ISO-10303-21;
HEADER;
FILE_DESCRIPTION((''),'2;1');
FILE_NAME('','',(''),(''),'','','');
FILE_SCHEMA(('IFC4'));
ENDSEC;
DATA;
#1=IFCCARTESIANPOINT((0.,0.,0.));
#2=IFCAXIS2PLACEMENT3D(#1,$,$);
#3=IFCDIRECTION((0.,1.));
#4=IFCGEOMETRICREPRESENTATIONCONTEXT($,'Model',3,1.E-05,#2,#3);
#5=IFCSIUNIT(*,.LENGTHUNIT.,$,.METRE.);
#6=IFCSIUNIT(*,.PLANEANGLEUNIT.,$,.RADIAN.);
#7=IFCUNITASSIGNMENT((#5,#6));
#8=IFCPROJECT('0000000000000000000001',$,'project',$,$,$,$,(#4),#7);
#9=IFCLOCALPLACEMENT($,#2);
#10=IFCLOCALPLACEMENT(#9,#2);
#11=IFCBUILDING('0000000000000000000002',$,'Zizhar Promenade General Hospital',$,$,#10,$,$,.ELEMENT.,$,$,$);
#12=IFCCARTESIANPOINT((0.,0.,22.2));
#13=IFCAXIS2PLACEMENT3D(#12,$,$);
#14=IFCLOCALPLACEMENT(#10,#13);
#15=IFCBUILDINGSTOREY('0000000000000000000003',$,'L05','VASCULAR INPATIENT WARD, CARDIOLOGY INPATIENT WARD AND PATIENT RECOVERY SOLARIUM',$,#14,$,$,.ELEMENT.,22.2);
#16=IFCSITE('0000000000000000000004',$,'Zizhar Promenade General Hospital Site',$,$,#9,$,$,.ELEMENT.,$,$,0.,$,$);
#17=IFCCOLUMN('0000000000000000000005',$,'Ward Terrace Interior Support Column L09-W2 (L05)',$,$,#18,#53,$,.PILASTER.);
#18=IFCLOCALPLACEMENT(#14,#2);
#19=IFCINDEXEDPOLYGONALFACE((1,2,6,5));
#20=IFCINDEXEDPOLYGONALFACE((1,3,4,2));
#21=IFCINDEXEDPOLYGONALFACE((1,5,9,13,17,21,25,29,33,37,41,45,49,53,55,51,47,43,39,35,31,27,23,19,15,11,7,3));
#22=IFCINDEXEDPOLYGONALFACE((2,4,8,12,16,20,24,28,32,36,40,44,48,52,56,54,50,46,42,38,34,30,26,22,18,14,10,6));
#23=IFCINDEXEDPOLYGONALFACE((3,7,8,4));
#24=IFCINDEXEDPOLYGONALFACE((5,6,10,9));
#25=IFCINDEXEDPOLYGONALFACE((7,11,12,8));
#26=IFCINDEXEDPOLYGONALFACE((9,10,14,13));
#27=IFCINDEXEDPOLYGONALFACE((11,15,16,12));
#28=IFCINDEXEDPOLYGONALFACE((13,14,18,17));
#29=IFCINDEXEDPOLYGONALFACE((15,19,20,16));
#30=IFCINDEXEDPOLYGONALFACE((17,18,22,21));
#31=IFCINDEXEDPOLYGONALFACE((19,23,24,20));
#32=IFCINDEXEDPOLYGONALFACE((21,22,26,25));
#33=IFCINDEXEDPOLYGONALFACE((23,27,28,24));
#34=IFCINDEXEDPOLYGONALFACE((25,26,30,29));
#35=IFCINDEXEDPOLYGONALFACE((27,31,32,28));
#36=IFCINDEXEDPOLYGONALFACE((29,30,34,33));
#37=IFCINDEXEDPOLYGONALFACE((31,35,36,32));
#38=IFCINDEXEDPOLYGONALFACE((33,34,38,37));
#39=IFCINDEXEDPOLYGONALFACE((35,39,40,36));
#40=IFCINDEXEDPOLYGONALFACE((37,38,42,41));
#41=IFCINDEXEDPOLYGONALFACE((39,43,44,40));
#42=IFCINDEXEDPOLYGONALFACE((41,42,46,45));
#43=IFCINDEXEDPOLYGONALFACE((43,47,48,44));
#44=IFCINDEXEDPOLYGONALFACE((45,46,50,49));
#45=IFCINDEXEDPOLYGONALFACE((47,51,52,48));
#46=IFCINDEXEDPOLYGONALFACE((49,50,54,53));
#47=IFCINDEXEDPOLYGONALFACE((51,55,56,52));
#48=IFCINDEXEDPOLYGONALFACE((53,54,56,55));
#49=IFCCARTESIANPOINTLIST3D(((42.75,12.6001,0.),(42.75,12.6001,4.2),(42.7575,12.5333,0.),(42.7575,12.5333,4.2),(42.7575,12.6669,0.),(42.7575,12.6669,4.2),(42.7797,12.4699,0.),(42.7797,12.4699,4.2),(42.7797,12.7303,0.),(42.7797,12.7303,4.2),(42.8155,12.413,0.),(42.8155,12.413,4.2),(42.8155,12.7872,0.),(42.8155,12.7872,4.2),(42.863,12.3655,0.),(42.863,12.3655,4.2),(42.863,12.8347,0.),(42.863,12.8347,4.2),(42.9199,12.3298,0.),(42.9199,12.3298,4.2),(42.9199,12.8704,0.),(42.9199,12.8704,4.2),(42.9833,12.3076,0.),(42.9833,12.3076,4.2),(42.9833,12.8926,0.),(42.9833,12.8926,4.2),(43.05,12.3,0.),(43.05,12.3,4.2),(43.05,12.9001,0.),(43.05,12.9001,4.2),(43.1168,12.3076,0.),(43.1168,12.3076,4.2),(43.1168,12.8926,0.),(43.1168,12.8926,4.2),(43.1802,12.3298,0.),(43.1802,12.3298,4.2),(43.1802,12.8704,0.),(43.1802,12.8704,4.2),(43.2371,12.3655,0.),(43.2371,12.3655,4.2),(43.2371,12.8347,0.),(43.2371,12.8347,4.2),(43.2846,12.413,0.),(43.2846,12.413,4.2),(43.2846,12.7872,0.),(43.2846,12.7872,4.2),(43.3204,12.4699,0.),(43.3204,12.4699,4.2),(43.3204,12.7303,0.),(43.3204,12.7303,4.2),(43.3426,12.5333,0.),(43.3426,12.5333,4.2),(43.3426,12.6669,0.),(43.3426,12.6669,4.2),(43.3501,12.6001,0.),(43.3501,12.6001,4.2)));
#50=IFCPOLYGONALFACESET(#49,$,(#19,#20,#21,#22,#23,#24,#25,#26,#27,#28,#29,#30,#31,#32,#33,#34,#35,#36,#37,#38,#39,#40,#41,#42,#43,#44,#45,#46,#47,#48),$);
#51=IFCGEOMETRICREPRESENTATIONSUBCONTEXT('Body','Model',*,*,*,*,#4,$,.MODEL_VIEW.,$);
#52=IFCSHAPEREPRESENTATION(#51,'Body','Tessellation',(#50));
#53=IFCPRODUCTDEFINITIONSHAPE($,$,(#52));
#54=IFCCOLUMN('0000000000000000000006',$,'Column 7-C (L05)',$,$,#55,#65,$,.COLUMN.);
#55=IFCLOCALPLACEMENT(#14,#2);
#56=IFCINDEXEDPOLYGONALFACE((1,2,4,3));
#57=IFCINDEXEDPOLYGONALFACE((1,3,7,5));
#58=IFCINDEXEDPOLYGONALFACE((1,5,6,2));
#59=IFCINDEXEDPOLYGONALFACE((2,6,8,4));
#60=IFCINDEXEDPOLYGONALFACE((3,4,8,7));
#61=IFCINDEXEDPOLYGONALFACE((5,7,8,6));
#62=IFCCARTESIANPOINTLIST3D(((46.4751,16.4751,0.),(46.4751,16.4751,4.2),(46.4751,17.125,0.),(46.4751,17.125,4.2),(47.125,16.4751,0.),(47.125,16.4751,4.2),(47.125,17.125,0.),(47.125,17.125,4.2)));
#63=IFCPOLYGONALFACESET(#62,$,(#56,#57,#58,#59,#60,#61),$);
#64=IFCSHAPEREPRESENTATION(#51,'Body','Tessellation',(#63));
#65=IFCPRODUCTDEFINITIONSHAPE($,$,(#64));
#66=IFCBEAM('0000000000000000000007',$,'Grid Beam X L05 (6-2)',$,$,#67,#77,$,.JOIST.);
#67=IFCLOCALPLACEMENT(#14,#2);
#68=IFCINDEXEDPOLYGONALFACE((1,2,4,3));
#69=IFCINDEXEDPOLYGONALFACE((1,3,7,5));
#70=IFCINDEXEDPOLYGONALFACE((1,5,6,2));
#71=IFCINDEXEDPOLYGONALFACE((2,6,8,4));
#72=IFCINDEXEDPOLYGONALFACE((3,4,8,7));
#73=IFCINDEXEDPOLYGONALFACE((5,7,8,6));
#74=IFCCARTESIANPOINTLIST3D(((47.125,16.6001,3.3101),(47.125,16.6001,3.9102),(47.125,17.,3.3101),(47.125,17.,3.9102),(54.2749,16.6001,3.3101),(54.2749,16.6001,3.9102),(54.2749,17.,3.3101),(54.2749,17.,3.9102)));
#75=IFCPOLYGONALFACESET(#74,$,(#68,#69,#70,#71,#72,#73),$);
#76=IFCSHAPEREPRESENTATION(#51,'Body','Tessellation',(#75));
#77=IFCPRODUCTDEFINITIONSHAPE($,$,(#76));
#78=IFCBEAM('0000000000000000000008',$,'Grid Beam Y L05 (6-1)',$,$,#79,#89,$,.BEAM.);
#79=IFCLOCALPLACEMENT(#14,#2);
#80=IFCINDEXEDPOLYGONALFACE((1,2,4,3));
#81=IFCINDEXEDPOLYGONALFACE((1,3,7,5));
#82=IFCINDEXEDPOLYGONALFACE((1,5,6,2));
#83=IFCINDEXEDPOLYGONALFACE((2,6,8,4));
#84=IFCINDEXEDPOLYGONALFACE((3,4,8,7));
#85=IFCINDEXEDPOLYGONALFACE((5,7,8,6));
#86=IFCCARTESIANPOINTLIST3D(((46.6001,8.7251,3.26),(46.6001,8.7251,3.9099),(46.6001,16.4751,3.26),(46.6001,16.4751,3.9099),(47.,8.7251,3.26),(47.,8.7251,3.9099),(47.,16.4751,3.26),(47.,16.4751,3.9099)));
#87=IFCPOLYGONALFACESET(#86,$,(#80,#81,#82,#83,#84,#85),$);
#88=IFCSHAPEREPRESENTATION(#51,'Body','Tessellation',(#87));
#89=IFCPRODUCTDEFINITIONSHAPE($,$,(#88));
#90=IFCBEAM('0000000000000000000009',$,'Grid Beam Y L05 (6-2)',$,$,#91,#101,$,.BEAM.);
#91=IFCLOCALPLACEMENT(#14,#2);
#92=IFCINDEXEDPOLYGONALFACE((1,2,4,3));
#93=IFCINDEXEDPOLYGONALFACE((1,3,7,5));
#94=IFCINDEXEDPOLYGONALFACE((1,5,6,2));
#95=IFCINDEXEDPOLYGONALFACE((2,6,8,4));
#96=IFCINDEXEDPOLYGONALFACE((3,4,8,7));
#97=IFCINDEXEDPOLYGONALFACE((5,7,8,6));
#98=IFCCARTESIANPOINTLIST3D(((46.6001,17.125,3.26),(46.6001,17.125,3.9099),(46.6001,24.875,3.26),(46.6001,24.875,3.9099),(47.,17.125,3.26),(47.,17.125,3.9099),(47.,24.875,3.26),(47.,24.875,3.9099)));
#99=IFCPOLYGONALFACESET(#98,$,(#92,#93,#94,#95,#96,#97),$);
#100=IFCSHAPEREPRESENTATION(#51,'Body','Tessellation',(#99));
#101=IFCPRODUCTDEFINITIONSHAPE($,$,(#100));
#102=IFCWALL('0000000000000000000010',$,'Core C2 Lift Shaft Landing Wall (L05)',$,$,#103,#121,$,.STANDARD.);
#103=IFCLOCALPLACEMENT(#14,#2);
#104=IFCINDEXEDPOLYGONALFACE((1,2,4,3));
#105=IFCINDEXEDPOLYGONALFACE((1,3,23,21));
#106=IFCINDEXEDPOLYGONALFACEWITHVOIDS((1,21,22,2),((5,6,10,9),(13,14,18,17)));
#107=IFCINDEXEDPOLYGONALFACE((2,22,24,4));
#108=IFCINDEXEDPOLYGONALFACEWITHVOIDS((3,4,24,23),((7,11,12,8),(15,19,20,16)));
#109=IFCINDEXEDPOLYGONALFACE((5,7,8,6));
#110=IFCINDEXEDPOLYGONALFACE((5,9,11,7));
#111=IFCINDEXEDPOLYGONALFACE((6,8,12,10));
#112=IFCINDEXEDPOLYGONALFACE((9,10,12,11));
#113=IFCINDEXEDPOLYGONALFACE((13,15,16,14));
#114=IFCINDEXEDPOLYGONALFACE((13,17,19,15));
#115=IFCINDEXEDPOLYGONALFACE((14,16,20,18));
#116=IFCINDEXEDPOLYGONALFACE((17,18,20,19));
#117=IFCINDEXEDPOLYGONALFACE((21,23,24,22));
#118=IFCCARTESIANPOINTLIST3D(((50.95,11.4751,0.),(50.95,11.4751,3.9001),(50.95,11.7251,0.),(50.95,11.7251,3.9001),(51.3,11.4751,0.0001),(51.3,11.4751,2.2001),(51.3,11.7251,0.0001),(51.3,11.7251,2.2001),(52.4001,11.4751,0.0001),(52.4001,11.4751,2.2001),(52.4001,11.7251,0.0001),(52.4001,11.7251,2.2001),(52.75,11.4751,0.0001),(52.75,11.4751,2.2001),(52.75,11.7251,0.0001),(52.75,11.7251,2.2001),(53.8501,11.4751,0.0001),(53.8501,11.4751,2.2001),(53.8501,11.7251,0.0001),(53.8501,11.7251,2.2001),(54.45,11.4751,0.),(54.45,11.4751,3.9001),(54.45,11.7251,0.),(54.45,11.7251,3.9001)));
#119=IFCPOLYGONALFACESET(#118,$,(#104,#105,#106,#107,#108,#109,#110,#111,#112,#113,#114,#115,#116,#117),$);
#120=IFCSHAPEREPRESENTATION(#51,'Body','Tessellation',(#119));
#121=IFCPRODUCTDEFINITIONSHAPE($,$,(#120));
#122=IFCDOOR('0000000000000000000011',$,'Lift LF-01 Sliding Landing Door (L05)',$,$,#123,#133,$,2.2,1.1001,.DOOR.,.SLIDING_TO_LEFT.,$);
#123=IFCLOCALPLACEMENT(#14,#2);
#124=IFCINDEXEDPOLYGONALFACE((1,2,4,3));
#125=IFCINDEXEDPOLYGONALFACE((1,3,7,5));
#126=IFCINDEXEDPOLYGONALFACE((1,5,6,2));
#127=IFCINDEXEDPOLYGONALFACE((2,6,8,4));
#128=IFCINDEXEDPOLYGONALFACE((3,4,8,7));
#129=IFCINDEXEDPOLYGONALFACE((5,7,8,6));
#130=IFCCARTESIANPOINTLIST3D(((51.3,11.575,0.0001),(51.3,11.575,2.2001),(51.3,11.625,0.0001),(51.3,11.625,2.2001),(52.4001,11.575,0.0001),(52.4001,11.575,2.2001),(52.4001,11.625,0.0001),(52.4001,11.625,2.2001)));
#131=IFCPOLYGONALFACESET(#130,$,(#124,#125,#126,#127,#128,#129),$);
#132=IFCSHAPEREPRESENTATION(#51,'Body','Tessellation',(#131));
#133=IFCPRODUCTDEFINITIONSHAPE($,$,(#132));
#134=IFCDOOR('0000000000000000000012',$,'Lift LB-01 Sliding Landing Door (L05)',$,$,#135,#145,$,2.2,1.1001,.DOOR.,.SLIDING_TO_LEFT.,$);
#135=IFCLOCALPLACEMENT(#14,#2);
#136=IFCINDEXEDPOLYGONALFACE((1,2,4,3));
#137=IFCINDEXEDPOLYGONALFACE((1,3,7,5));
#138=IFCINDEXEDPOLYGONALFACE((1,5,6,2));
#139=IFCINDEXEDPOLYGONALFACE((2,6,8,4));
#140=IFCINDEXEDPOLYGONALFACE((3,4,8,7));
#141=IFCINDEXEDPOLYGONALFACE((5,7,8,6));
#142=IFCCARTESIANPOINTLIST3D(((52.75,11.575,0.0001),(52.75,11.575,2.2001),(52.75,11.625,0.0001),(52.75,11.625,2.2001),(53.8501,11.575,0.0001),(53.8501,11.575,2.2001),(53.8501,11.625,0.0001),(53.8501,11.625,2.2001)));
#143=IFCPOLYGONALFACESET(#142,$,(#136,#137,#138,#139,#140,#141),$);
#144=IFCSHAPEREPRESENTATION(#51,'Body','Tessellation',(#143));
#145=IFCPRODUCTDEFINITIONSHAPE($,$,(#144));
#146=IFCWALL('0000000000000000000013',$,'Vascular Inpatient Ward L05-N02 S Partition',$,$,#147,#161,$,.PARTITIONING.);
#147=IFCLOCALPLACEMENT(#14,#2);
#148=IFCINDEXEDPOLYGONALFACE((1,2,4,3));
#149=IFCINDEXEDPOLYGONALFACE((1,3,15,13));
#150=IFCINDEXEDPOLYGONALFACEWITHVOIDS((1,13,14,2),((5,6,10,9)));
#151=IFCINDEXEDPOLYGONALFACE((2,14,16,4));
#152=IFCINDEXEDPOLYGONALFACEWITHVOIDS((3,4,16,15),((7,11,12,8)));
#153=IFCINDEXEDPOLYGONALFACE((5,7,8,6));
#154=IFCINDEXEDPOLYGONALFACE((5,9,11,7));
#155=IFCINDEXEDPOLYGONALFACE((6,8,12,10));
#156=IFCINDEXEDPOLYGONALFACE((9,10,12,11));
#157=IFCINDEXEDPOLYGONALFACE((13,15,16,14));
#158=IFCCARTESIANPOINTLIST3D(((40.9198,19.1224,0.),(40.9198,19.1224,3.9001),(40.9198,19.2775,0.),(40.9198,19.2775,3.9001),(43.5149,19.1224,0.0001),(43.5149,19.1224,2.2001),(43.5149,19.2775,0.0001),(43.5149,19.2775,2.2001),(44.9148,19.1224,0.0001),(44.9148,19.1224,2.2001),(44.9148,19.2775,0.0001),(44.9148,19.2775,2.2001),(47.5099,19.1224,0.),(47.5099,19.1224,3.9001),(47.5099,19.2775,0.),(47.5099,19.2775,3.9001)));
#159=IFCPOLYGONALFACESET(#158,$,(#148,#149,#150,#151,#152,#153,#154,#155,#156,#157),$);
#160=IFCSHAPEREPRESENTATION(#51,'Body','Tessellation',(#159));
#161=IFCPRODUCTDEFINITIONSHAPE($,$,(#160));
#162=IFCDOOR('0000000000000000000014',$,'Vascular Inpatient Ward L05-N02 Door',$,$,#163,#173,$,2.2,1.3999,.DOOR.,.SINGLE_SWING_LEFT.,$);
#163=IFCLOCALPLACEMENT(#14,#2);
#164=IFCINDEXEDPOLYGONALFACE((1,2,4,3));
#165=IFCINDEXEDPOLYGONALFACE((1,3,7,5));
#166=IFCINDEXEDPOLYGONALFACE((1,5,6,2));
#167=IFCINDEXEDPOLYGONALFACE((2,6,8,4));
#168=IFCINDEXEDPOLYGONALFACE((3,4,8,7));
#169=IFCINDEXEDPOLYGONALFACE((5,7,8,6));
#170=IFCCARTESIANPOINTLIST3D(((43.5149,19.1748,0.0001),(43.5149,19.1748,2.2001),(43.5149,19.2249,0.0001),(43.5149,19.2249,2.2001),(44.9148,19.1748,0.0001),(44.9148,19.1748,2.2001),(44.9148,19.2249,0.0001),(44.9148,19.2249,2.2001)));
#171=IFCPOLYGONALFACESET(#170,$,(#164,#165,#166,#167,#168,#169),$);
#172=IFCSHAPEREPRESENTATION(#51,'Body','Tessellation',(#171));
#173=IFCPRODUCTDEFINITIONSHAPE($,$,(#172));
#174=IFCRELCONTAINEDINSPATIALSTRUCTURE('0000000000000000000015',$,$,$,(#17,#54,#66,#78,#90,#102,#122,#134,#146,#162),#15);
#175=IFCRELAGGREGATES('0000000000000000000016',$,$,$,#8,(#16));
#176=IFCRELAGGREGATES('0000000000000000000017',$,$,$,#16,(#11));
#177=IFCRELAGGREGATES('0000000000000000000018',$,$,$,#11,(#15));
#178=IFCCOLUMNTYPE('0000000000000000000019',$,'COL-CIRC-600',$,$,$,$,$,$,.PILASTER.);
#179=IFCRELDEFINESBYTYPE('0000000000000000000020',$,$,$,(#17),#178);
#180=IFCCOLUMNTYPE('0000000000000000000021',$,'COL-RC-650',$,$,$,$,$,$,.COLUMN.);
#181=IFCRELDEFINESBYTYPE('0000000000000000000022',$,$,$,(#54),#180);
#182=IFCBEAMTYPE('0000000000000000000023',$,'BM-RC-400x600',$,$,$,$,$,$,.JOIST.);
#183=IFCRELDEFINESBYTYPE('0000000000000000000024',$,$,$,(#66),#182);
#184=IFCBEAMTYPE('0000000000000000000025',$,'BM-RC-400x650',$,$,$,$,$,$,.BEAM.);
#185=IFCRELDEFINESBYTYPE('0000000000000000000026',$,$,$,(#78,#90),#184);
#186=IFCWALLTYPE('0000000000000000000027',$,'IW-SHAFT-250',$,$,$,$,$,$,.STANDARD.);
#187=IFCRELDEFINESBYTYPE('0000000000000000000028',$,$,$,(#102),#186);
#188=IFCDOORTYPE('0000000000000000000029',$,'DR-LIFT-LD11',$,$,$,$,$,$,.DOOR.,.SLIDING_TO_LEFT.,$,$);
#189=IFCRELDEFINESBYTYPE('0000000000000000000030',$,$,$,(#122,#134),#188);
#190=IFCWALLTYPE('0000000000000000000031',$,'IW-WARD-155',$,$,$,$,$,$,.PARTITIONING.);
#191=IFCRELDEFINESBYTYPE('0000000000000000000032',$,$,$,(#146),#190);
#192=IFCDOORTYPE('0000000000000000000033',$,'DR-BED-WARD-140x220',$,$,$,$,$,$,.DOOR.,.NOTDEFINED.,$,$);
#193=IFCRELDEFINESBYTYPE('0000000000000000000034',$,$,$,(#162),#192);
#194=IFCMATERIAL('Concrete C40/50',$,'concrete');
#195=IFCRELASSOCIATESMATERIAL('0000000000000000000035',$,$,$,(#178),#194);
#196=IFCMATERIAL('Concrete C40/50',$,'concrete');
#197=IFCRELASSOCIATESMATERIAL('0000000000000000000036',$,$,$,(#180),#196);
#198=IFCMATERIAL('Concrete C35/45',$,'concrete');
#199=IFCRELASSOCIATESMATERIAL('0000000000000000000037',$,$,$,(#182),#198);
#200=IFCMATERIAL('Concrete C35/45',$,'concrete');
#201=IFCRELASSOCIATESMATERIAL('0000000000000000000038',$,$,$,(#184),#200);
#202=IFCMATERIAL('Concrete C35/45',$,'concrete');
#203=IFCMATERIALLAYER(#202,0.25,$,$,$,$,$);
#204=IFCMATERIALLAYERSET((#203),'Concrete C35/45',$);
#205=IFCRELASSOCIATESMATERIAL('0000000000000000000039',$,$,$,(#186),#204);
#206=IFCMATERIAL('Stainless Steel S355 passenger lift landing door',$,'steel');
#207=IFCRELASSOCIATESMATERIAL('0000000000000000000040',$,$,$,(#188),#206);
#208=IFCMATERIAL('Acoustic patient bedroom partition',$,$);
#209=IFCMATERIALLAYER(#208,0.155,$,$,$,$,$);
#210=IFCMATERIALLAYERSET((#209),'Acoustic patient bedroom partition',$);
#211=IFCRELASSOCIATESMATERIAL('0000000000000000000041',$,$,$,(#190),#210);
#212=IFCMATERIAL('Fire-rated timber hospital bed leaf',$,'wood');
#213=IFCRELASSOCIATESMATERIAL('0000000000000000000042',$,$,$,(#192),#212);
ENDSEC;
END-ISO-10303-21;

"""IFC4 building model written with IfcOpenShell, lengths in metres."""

from ifc_helpers import new_model, si_unit, direction, frame, frame_2d, origin, origin_2d, place, context, subcontext, project, spatial, rectangle, circle, extrude, material, layer, layer_set, material_profile, profile_set, type_object, element, fill, save


model = new_model("IFC4")

# Units and contexts
model_context = context("Model", 3, precision=1e-05, world=origin(), true_north=direction((0.0, 1.0)))
body_context = subcontext(model_context, "Body", "Model", "MODEL_VIEW")
ifc_project = project(units=[si_unit("LENGTHUNIT", "METRE"), si_unit("PLANEANGLEUNIT", "RADIAN")], contexts=[model_context])

# Site, building, storey
site_placement = place(None, origin())
site = spatial("IfcSite", under=ifc_project, at=site_placement, Name="Zizhar Promenade General Hospital Site", CompositionType="ELEMENT", RefElevation=0.0)
building_placement = place(site_placement, origin())
building = spatial("IfcBuilding", under=site, at=building_placement, Name="Zizhar Promenade General Hospital", CompositionType="ELEMENT")
storey_placement = place(building_placement, frame((0.0, 0.0, 22.2)))
storey = spatial("IfcBuildingStorey", under=building, at=storey_placement, Name="L05", Description="VASCULAR INPATIENT WARD, CARDIOLOGY INPATIENT WARD AND PATIENT RECOVERY SOLARIUM", CompositionType="ELEMENT", Elevation=22.2)

# Columns
ifc_material_1 = material(Name="Concrete C40/50", Category="concrete")
ifc_material_profile_1 = material_profile(ifc_material_1, circle(Radius=0.3, at=origin_2d()))
ifc_profile_set_1 = profile_set([ifc_material_profile_1], Name="Concrete C40/50")
column_type_1 = type_object("IfcColumnType", Name="COL-CIRC-600", PredefinedType="PILASTER", material=ifc_profile_set_1)
column_1_placement = place(storey_placement, frame((43.05, 12.6001, 0.0), z_axis=(0.0, 0.0, 1.0), x_axis=(1.0, 0.0, 0.0)))
element("IfcColumn", 1, at=column_1_placement, inside=storey, type_object=column_type_1, Name="Ward Terrace Interior Support Column L09-W2 (L05)", PredefinedType="PILASTER", context=body_context, shape_type="SweptSolid", body=[
    extrude(circle(Radius=0.3, at=origin_2d()), origin(), (0.0, 0.0, 1.0), 4.2),
])
ifc_material_2 = material(Name="Concrete C40/50", Category="concrete")
ifc_material_profile_2 = material_profile(ifc_material_2, rectangle(XDim=0.6499, YDim=0.6499, at=origin_2d()))
ifc_profile_set_2 = profile_set([ifc_material_profile_2], Name="Concrete C40/50")
column_type_2 = type_object("IfcColumnType", Name="COL-RC-650", PredefinedType="COLUMN", material=ifc_profile_set_2)
column_2_placement = place(storey_placement, frame((46.8, 16.8, 0.0), z_axis=(0.0, 0.0, 1.0), x_axis=(1.0, 0.0, 0.0)))
element("IfcColumn", 2, at=column_2_placement, inside=storey, type_object=column_type_2, Name="Column 7-C (L05)", PredefinedType="COLUMN", context=body_context, shape_type="SweptSolid", body=[
    extrude(rectangle(XDim=0.6499, YDim=0.6499, at=origin_2d()), origin(), (0.0, 0.0, 1.0), 4.2),
])

# Beams
ifc_material_3 = material(Name="Concrete C35/45", Category="concrete")
ifc_material_profile_3 = material_profile(ifc_material_3, rectangle(XDim=0.3999, YDim=0.6001, at=origin_2d()))
ifc_profile_set_3 = profile_set([ifc_material_profile_3], Name="Concrete C35/45")
beam_type_1 = type_object("IfcBeamType", Name="BM-RC-400x600", PredefinedType="JOIST", material=ifc_profile_set_3)
beam_placement = place(storey_placement, frame((47.125, 16.8, 3.6101), z_axis=(1.0, 0.0, 0.0), x_axis=(0.0, 1.0, 0.0)))
element("IfcBeam", 3, at=beam_placement, inside=storey, type_object=beam_type_1, Name="Grid Beam X L05 (6-2)", PredefinedType="JOIST", context=body_context, shape_type="SweptSolid", body=[
    extrude(rectangle(XDim=0.3999, YDim=0.6001, at=origin_2d()), origin(), (0.0, 0.0, 1.0), 7.1499),
])
ifc_material_4 = material(Name="Concrete C35/45", Category="concrete")
ifc_material_profile_4 = material_profile(ifc_material_4, rectangle(XDim=0.3999, YDim=0.6499, at=origin_2d()))
ifc_profile_set_4 = profile_set([ifc_material_profile_4], Name="Concrete C35/45")
beam_type_2 = type_object("IfcBeamType", Name="BM-RC-400x650", PredefinedType="BEAM", material=ifc_profile_set_4)
for number, where, z_axis, x_axis, name in (
    (4, (46.8, 8.7251, 3.585), (0.0, 1.0, 0.0), (-1.0, 0.0, 0.0), "Grid Beam Y L05 (6-1)"),
    (5, (46.8, 17.125, 3.585), (0.0, 1.0, 0.0), (-1.0, 0.0, 0.0), "Grid Beam Y L05 (6-2)"),
):
    element("IfcBeam", number, at=place(storey_placement, frame(where, z_axis=z_axis, x_axis=x_axis)), inside=storey, type_object=beam_type_2, Name=name, PredefinedType="BEAM", context=body_context, shape_type="SweptSolid", body=[
        extrude(rectangle(XDim=0.3999, YDim=0.6499, at=origin_2d()), origin(), (0.0, 0.0, 1.0), 7.75),
    ])

# Wall, openings, doors
ifc_material_5 = material(Name="Concrete C35/45", Category="concrete")
ifc_layer_1 = layer(ifc_material_5, 0.25)
ifc_layer_set_1 = layer_set([ifc_layer_1], Name="Concrete C35/45")
wall_type_1 = type_object("IfcWallType", Name="IW-SHAFT-250", PredefinedType="STANDARD", material=ifc_layer_set_1)
wall_1_placement = place(storey_placement, frame((50.95, 11.6001, 0.0), z_axis=(0.0, 0.0, 1.0), x_axis=(1.0, 0.0, 0.0)))
wall_1 = element("IfcWall", 6, at=wall_1_placement, inside=storey, type_object=wall_type_1, Name="Core C2 Lift Shaft Landing Wall (L05)", PredefinedType="STANDARD", context=body_context, shape_type="SweptSolid", body=[
    extrude(rectangle(XDim=3.5, YDim=0.25, at=frame_2d((1.75, 0.0))), origin(), (0.0, 0.0, 1.0), 3.9001),
])
opening_1_placement = place(wall_1_placement, frame((0.3501, 0.0, 0.0)))
opening_1 = element("IfcOpeningElement", 7, at=opening_1_placement, cuts=wall_1, PredefinedType="OPENING", context=body_context, shape_type="SweptSolid", body=[
    extrude(rectangle(XDim=1.1001, YDim=2.2, at=frame_2d((0.55, 1.1001))), frame((0.0, 0.135, 0.0), z_axis=(0.0, -1.0, 0.0), x_axis=(1.0, 0.0, 0.0)), (0.0, 0.0, 1.0), 0.27),
])
opening_2_placement = place(wall_1_placement, frame((1.8, 0.0, 0.0)))
opening_2 = element("IfcOpeningElement", 8, at=opening_2_placement, cuts=wall_1, PredefinedType="OPENING", context=body_context, shape_type="SweptSolid", body=[
    extrude(rectangle(XDim=1.1001, YDim=2.2, at=frame_2d((0.55, 1.1001))), frame((0.0, 0.135, 0.0), z_axis=(0.0, -1.0, 0.0), x_axis=(1.0, 0.0, 0.0)), (0.0, 0.0, 1.0), 0.27),
])
ifc_material_6 = material(Name="Stainless Steel S355 passenger lift landing door", Category="steel")
door_type_1 = type_object("IfcDoorType", Name="DR-LIFT-LD11", OperationType="SLIDING_TO_LEFT", PredefinedType="DOOR", material=ifc_material_6)
door_1_placement = place(opening_1_placement, origin())
door_1 = element("IfcDoor", 9, at=door_1_placement, inside=storey, type_object=door_type_1, Name="Lift LF-01 Sliding Landing Door (L05)", OperationType="SLIDING_TO_LEFT", OverallHeight=2.2, OverallWidth=1.1001, PredefinedType="DOOR", context=body_context, shape_type="SweptSolid", body=[
    extrude(rectangle(XDim=1.1001, YDim=2.2, at=frame_2d((0.55, 1.1001))), frame((0.0, 0.0249, 0.0), z_axis=(0.0, -1.0, 0.0), x_axis=(1.0, 0.0, 0.0)), (0.0, 0.0, 1.0), 0.05),
])
fill(opening_1, door_1)
door_2_placement = place(opening_2_placement, origin())
door_2 = element("IfcDoor", 10, at=door_2_placement, inside=storey, type_object=door_type_1, Name="Lift LB-01 Sliding Landing Door (L05)", OperationType="SLIDING_TO_LEFT", OverallHeight=2.2, OverallWidth=1.1001, PredefinedType="DOOR", context=body_context, shape_type="SweptSolid", body=[
    extrude(rectangle(XDim=1.1001, YDim=2.2, at=frame_2d((0.55, 1.1001))), frame((0.0, 0.0249, 0.0), z_axis=(0.0, -1.0, 0.0), x_axis=(1.0, 0.0, 0.0)), (0.0, 0.0, 1.0), 0.05),
])
fill(opening_2, door_2)

# Wall, opening, door
ifc_material_7 = material(Name="Acoustic patient bedroom partition")
ifc_layer_2 = layer(ifc_material_7, 0.155)
ifc_layer_set_2 = layer_set([ifc_layer_2], Name="Acoustic patient bedroom partition")
wall_type_2 = type_object("IfcWallType", Name="IW-WARD-155", PredefinedType="PARTITIONING", material=ifc_layer_set_2)
wall_2_placement = place(storey_placement, frame((40.9199, 19.2, 0.0), z_axis=(0.0, 0.0, 1.0), x_axis=(1.0, 0.0, 0.0)))
wall_2 = element("IfcWall", 11, at=wall_2_placement, inside=storey, type_object=wall_type_2, Name="Vascular Inpatient Ward L05-N02 S Partition", PredefinedType="PARTITIONING", context=body_context, shape_type="SweptSolid", body=[
    extrude(rectangle(XDim=6.5901, YDim=0.155, at=frame_2d((3.2949, 0.0))), origin(), (0.0, 0.0, 1.0), 3.9001),
])
opening_3_placement = place(wall_2_placement, frame((2.595, 0.0, 0.0)))
opening_3 = element("IfcOpeningElement", 12, at=opening_3_placement, cuts=wall_2, PredefinedType="OPENING", context=body_context, shape_type="SweptSolid", body=[
    extrude(rectangle(XDim=1.3999, YDim=2.2, at=frame_2d((0.7, 1.1001))), frame((0.0, 0.0874, 0.0), z_axis=(0.0, -1.0, 0.0), x_axis=(1.0, 0.0, 0.0)), (0.0, 0.0, 1.0), 0.175),
])
ifc_material_8 = material(Name="Fire-rated timber hospital bed leaf", Category="wood")
door_type_2 = type_object("IfcDoorType", Name="DR-BED-WARD-140x220", OperationType="NOTDEFINED", PredefinedType="DOOR", material=ifc_material_8)
door_3_placement = place(opening_3_placement, origin())
door_3 = element("IfcDoor", 13, at=door_3_placement, inside=storey, type_object=door_type_2, Name="Vascular Inpatient Ward L05-N02 Door", OperationType="SINGLE_SWING_LEFT", OverallHeight=2.2, OverallWidth=1.3999, PredefinedType="DOOR", context=body_context, shape_type="SweptSolid", body=[
    extrude(rectangle(XDim=1.3999, YDim=2.2, at=frame_2d((0.7, 1.1001))), frame((0.0, 0.0249, 0.0), z_axis=(0.0, -1.0, 0.0), x_axis=(1.0, 0.0, 0.0)), (0.0, 0.0, 1.0), 0.05),
])
fill(opening_3, door_3)

save(model, "model.ifc")
